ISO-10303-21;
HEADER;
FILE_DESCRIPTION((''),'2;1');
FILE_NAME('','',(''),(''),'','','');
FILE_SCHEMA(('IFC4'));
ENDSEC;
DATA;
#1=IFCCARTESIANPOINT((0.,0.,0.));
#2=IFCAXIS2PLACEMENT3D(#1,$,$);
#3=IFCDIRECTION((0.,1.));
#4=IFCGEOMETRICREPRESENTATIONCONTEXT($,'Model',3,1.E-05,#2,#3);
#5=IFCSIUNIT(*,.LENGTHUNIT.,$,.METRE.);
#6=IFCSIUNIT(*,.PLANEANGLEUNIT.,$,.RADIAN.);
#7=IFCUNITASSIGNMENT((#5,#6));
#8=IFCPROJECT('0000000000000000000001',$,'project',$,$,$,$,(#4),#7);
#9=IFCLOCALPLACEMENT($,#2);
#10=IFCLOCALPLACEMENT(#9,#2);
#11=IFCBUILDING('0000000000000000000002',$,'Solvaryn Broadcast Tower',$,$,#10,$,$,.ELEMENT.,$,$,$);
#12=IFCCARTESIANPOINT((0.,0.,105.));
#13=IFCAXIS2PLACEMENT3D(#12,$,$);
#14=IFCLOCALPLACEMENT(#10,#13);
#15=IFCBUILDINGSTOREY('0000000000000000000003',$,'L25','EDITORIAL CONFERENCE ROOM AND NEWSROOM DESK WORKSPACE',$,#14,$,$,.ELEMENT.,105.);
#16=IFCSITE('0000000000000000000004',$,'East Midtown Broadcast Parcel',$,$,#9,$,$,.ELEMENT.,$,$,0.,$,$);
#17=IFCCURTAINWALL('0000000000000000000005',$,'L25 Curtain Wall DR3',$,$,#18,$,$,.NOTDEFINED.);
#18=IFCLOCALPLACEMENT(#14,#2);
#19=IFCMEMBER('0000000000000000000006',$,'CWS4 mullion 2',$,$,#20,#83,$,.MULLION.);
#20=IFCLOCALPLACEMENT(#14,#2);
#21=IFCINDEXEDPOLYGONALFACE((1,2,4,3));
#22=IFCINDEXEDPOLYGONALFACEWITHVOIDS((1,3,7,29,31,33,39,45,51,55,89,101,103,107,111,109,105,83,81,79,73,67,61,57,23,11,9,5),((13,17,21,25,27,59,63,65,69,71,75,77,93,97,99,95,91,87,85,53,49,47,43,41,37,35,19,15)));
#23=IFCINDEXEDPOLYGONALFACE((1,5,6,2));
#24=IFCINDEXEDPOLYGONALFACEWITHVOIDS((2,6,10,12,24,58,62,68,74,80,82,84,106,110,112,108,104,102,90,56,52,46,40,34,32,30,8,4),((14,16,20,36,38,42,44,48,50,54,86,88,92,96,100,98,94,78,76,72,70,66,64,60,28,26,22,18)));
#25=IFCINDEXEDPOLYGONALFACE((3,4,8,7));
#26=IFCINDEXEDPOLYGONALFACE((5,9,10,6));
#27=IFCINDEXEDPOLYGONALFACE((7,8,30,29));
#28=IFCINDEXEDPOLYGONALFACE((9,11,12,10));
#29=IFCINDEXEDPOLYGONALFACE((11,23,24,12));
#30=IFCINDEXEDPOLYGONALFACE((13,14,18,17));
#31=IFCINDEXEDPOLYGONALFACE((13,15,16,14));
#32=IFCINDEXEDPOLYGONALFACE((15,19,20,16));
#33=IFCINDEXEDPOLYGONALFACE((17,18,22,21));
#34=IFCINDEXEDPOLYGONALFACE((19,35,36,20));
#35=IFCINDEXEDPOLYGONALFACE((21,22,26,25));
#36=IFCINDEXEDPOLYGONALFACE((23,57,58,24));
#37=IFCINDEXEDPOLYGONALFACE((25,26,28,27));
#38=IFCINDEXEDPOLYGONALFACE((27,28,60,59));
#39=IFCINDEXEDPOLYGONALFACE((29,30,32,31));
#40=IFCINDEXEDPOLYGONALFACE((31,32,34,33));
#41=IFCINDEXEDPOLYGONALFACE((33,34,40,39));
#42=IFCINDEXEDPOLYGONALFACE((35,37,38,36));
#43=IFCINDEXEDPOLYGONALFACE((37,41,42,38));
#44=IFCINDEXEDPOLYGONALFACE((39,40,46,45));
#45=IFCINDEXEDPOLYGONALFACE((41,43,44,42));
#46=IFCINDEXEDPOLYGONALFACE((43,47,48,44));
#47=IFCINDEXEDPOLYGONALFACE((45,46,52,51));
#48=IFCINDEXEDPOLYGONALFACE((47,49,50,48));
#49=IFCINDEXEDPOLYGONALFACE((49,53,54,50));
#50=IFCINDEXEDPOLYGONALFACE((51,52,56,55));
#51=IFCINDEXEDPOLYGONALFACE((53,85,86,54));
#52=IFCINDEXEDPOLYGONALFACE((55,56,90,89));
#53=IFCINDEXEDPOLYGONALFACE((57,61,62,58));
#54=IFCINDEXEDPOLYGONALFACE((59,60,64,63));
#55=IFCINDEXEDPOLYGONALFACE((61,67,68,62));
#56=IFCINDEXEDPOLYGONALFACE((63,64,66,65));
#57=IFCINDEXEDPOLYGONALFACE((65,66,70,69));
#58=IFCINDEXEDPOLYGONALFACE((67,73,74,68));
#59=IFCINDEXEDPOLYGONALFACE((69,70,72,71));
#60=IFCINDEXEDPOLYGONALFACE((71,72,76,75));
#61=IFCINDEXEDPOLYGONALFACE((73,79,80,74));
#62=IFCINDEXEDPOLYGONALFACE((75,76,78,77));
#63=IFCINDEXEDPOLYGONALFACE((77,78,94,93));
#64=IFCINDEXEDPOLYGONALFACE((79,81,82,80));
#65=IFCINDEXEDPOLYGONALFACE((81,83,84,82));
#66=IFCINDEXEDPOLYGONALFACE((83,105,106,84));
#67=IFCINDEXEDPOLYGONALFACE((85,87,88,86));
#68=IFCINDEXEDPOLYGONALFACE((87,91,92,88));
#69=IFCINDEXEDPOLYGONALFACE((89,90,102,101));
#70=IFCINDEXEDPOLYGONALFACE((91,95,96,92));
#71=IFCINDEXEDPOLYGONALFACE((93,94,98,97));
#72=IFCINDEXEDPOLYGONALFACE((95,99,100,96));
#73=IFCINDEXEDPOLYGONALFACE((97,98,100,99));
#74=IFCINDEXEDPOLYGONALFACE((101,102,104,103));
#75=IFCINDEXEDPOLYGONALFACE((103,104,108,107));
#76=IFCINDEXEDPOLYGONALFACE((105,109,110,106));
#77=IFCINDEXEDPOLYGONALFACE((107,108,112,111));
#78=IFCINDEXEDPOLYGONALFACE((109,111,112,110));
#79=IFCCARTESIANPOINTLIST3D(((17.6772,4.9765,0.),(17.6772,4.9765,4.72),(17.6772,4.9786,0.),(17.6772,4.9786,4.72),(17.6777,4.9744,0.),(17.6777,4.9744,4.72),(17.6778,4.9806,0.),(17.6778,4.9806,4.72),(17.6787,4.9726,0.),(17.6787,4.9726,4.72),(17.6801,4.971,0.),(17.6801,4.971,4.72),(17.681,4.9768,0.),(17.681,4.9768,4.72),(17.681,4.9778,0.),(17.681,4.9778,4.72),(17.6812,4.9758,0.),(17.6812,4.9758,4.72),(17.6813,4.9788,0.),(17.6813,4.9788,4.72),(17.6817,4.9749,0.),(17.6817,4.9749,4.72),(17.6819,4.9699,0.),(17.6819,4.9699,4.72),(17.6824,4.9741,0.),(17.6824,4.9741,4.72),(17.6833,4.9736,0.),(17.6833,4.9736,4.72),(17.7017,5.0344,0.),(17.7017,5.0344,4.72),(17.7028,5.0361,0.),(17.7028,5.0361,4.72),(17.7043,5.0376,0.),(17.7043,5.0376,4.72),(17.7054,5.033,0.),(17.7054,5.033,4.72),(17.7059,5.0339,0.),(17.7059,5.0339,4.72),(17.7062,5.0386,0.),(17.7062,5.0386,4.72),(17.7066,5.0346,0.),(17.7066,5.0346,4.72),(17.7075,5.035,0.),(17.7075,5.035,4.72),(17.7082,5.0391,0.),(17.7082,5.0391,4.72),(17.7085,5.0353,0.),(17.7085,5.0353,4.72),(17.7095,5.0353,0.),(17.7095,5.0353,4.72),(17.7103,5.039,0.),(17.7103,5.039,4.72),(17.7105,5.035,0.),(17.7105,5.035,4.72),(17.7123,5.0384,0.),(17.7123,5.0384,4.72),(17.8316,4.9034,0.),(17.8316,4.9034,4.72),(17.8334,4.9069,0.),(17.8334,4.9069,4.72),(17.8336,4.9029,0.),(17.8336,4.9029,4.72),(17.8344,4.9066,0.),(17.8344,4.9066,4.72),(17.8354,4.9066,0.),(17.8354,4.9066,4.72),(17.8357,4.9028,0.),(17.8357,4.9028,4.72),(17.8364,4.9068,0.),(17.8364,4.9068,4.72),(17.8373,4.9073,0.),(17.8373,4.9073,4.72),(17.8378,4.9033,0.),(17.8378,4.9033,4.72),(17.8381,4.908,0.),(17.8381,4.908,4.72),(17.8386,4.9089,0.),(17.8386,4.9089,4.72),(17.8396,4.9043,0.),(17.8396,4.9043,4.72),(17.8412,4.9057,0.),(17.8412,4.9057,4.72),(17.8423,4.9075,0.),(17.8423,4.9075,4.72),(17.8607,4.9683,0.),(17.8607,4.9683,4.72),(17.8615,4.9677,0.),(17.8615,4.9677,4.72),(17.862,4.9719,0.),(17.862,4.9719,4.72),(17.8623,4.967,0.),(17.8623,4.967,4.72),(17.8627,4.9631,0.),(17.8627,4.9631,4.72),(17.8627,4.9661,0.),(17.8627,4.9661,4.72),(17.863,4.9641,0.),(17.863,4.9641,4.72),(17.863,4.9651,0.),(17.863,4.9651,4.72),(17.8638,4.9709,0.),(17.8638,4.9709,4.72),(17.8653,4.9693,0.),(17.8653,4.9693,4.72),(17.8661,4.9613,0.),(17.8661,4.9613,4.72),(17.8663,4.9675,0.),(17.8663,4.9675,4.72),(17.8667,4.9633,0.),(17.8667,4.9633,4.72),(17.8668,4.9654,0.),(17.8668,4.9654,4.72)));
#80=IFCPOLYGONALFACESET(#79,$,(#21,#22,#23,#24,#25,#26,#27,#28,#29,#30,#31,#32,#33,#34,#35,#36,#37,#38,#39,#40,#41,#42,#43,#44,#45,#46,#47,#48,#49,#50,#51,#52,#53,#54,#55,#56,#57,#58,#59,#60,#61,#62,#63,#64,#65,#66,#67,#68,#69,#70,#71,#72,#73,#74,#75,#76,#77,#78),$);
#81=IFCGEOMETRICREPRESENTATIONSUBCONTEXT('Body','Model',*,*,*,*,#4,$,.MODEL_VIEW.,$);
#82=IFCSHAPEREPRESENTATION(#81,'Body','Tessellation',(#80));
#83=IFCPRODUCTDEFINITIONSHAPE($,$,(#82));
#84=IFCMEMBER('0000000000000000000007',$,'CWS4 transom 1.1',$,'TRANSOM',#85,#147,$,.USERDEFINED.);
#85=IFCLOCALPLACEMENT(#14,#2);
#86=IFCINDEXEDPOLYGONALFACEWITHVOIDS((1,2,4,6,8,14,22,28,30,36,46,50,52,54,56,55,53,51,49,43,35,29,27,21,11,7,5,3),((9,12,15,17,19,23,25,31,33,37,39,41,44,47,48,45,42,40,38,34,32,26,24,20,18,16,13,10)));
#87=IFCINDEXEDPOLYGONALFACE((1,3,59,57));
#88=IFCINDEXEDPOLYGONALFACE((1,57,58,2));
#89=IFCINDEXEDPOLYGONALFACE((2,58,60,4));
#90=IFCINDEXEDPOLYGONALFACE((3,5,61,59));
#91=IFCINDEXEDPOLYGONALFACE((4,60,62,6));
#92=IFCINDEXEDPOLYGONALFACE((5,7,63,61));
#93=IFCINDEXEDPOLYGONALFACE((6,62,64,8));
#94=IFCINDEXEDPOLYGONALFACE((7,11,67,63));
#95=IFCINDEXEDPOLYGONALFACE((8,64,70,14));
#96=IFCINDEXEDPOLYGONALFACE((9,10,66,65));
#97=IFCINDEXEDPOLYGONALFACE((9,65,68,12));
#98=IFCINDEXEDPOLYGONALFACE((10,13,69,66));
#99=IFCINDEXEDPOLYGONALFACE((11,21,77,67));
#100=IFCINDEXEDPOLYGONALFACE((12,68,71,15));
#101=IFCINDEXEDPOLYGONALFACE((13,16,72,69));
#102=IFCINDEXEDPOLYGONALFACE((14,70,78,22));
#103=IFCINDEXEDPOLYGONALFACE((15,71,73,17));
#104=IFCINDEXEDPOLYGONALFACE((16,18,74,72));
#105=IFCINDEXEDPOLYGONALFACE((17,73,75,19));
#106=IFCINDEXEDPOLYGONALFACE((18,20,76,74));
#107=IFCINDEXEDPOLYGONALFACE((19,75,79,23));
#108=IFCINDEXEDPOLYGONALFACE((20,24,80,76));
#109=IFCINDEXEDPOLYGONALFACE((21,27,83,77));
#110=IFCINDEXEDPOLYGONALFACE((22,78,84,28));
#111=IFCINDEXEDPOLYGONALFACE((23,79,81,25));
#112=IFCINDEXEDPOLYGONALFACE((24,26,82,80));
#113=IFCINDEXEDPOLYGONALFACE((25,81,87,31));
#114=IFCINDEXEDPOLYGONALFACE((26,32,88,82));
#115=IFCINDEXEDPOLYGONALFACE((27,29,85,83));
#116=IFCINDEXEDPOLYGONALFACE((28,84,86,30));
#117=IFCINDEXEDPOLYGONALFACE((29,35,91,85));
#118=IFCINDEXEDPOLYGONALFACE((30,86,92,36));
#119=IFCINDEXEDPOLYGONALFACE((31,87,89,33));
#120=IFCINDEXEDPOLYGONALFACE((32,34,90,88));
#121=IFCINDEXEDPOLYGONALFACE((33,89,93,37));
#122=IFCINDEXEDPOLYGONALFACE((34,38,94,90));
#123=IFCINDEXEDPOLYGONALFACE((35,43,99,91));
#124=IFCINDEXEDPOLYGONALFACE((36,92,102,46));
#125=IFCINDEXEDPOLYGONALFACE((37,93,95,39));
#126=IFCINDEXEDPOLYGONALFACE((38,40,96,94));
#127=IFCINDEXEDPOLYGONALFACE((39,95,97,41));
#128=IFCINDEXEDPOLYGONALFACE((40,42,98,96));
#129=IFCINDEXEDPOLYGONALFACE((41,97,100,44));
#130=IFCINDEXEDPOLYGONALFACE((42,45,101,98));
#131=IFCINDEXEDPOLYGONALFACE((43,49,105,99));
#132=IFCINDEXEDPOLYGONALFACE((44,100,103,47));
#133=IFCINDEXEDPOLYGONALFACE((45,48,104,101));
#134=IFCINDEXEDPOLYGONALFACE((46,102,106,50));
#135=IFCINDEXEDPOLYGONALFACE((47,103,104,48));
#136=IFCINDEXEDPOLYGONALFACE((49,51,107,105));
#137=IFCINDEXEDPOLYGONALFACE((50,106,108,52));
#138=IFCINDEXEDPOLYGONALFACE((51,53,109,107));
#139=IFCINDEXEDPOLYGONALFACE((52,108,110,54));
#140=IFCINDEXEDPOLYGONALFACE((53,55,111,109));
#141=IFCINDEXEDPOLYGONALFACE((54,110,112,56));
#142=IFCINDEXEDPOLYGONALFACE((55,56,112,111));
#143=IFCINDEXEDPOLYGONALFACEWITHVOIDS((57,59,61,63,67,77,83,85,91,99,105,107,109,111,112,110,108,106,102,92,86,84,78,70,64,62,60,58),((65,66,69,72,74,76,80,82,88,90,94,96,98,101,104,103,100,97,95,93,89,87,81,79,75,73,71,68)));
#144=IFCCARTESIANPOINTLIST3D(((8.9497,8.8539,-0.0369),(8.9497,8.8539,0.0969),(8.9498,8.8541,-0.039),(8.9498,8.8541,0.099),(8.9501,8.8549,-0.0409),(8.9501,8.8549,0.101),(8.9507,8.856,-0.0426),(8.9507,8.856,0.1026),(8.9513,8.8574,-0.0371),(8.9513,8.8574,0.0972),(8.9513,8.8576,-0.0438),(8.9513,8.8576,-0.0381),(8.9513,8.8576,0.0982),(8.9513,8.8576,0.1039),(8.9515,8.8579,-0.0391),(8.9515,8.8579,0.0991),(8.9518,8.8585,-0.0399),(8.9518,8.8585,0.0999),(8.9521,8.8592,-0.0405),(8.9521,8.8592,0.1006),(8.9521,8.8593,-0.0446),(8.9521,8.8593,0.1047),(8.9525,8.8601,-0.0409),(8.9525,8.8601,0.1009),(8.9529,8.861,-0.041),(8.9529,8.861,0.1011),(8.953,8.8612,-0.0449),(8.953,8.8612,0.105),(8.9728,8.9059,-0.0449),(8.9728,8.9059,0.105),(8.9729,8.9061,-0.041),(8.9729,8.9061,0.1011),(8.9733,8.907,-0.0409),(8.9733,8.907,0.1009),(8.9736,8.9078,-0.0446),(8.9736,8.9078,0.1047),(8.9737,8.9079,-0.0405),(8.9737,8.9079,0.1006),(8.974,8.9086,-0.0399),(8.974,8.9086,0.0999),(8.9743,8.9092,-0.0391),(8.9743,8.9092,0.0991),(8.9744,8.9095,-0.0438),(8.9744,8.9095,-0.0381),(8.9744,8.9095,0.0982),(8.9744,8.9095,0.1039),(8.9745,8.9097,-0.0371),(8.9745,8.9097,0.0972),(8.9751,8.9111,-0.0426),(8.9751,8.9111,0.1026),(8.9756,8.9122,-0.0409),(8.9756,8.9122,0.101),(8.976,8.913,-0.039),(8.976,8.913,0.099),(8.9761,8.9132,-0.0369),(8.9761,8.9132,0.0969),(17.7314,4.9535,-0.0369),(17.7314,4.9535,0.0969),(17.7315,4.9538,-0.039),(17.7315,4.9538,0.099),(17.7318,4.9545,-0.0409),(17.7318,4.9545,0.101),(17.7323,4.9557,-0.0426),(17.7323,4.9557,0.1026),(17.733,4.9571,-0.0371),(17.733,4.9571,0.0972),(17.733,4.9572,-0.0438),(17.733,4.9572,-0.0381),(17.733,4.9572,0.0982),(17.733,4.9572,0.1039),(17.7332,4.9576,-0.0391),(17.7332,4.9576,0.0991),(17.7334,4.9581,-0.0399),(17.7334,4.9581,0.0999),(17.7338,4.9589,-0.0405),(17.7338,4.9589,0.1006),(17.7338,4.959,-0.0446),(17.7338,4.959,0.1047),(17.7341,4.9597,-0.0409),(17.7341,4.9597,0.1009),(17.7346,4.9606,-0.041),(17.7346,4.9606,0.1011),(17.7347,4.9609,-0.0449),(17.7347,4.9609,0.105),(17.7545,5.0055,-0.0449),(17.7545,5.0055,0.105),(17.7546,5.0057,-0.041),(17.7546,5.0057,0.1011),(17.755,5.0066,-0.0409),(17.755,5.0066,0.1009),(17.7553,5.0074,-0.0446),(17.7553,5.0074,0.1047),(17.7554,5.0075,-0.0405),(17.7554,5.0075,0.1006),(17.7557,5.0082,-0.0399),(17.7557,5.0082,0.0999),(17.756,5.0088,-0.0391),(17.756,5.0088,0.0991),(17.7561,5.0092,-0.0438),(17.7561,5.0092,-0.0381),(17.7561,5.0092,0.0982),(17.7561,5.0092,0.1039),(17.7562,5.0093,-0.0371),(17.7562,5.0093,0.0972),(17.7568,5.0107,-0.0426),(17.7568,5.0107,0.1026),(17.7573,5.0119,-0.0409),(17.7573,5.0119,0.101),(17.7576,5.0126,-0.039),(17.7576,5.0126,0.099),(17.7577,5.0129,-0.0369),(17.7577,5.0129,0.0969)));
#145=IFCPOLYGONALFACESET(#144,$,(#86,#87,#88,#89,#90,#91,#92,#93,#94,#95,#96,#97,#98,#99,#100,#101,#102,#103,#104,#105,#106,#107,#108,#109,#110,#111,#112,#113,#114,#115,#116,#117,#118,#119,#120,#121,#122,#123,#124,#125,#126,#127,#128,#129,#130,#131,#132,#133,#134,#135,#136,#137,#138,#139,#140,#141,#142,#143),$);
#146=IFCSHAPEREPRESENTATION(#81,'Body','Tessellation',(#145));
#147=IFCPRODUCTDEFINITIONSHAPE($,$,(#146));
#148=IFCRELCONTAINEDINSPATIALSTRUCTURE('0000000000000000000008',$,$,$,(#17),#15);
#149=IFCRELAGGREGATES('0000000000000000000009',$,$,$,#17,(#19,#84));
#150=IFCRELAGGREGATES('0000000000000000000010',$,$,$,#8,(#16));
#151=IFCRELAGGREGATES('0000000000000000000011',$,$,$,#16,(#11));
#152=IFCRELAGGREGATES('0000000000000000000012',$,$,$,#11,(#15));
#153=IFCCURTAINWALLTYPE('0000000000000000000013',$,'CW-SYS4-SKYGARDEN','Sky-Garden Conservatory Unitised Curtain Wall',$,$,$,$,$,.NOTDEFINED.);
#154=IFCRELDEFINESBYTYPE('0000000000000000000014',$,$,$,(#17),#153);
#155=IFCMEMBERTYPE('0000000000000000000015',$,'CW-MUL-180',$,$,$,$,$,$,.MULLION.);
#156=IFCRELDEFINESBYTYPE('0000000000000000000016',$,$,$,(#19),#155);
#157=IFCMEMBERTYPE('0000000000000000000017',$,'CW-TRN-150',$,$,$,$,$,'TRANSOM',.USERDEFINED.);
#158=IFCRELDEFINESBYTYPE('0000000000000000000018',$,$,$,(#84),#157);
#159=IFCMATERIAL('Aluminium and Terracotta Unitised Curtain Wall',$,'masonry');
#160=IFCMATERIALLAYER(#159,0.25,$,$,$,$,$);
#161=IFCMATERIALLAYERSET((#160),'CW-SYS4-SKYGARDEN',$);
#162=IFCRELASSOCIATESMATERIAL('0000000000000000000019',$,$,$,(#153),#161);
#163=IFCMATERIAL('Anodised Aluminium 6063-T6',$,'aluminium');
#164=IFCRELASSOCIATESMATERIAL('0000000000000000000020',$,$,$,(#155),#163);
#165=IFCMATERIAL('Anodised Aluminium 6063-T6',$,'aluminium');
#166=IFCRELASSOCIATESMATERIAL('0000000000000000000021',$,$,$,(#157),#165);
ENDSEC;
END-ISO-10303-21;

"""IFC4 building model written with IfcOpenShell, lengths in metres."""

from ifc_helpers import new_model, si_unit, direction, frame, origin, origin_2d, place, context, subcontext, project, spatial, hollow_rectangle, extrude, material, layer, layer_set, material_profile, profile_set, type_object, element, aggregate, save


model = new_model("IFC4")

# Units and contexts
model_context = context("Model", 3, precision=1e-05, world=origin(), true_north=direction((0.0, 1.0)))
body_context = subcontext(model_context, "Body", "Model", "MODEL_VIEW")
ifc_project = project(units=[si_unit("LENGTHUNIT", "METRE"), si_unit("PLANEANGLEUNIT", "RADIAN")], contexts=[model_context])

# Site, building, storey
site_placement = place(None, origin())
site = spatial("IfcSite", under=ifc_project, at=site_placement, Name="East Midtown Broadcast Parcel", CompositionType="ELEMENT", RefElevation=0.0)
building_placement = place(site_placement, origin())
building = spatial("IfcBuilding", under=site, at=building_placement, Name="Solvaryn Broadcast Tower", CompositionType="ELEMENT")
storey_placement = place(building_placement, frame((0.0, 0.0, 105.0)))
storey = spatial("IfcBuildingStorey", under=building, at=storey_placement, Name="L25", Description="EDITORIAL CONFERENCE ROOM AND NEWSROOM DESK WORKSPACE", CompositionType="ELEMENT", Elevation=105.0)

# Shared definitions
ifc_material_1 = material(Name="Aluminium and Terracotta Unitised Curtain Wall", Category="masonry")
ifc_layer_1 = layer(ifc_material_1, 0.25)
ifc_layer_set_1 = layer_set([ifc_layer_1], Name="CW-SYS4-SKYGARDEN")
curtain_wall_type = type_object("IfcCurtainWallType", Name="CW-SYS4-SKYGARDEN", Description="Sky-Garden Conservatory Unitised Curtain Wall", PredefinedType="NOTDEFINED", material=ifc_layer_set_1)
ifc_material_2 = material(Name="Anodised Aluminium 6063-T6", Category="aluminium")
ifc_material_profile_1 = material_profile(ifc_material_2, hollow_rectangle(XDim=0.075, YDim=0.1799, WallThickness=0.0039, InnerFilletRadius=0.0039, OuterFilletRadius=0.0081, at=origin_2d()))
ifc_profile_set_1 = profile_set([ifc_material_profile_1], Name="Anodised Aluminium 6063-T6")
member_type_1 = type_object("IfcMemberType", Name="CW-MUL-180", PredefinedType="MULLION", material=ifc_profile_set_1)

# Curtain wall, members
curtain_wall_1_placement = place(storey_placement, origin())
curtain_wall_1 = element("IfcCurtainWall", 1, at=curtain_wall_1_placement, inside=storey, type_object=curtain_wall_type, Name="L25 Curtain Wall DR3", PredefinedType="NOTDEFINED")
member_1_placement = place(storey_placement, frame((17.772, 4.9709, 0.0), z_axis=(0.0, 0.0, 1.0), x_axis=(0.405918, 0.913909, 0.0)))
member_1 = element("IfcMember", 2, at=member_1_placement, type_object=member_type_1, Name="CWS4 mullion 2", PredefinedType="MULLION", context=body_context, shape_type="SweptSolid", body=[
    extrude(hollow_rectangle(XDim=0.075, YDim=0.1799, WallThickness=0.0039, InnerFilletRadius=0.0039, OuterFilletRadius=0.0081, at=origin_2d()), origin(), (0.0, 0.0, 1.0), 4.72),
])
ifc_material_3 = material(Name="Anodised Aluminium 6063-T6", Category="aluminium")
ifc_material_profile_2 = material_profile(ifc_material_3, hollow_rectangle(XDim=0.0649, YDim=0.1499, WallThickness=0.0039, InnerFilletRadius=0.0039, OuterFilletRadius=0.0081, at=origin_2d()))
ifc_profile_set_2 = profile_set([ifc_material_profile_2], Name="Anodised Aluminium 6063-T6")
member_type_2 = type_object("IfcMemberType", Name="CW-TRN-150", ElementType="TRANSOM", PredefinedType="USERDEFINED", material=ifc_profile_set_2)
member_2_placement = place(storey_placement, frame((8.9629, 8.8835, 0.03), z_axis=(0.913912, -0.405912, 0.0), x_axis=(0.405912, 0.913912, 0.0)))
member_2 = element("IfcMember", 3, at=member_2_placement, type_object=member_type_2, Name="CWS4 transom 1.1", ObjectType="TRANSOM", PredefinedType="USERDEFINED", context=body_context, shape_type="SweptSolid", body=[
    extrude(hollow_rectangle(XDim=0.0649, YDim=0.1499, WallThickness=0.0039, InnerFilletRadius=0.0039, OuterFilletRadius=0.0081, at=origin_2d()), origin(), (0.0, 0.0, 1.0), 9.6089),
])

aggregate(curtain_wall_1, [member_1, member_2])

save(model, "model.ifc")
